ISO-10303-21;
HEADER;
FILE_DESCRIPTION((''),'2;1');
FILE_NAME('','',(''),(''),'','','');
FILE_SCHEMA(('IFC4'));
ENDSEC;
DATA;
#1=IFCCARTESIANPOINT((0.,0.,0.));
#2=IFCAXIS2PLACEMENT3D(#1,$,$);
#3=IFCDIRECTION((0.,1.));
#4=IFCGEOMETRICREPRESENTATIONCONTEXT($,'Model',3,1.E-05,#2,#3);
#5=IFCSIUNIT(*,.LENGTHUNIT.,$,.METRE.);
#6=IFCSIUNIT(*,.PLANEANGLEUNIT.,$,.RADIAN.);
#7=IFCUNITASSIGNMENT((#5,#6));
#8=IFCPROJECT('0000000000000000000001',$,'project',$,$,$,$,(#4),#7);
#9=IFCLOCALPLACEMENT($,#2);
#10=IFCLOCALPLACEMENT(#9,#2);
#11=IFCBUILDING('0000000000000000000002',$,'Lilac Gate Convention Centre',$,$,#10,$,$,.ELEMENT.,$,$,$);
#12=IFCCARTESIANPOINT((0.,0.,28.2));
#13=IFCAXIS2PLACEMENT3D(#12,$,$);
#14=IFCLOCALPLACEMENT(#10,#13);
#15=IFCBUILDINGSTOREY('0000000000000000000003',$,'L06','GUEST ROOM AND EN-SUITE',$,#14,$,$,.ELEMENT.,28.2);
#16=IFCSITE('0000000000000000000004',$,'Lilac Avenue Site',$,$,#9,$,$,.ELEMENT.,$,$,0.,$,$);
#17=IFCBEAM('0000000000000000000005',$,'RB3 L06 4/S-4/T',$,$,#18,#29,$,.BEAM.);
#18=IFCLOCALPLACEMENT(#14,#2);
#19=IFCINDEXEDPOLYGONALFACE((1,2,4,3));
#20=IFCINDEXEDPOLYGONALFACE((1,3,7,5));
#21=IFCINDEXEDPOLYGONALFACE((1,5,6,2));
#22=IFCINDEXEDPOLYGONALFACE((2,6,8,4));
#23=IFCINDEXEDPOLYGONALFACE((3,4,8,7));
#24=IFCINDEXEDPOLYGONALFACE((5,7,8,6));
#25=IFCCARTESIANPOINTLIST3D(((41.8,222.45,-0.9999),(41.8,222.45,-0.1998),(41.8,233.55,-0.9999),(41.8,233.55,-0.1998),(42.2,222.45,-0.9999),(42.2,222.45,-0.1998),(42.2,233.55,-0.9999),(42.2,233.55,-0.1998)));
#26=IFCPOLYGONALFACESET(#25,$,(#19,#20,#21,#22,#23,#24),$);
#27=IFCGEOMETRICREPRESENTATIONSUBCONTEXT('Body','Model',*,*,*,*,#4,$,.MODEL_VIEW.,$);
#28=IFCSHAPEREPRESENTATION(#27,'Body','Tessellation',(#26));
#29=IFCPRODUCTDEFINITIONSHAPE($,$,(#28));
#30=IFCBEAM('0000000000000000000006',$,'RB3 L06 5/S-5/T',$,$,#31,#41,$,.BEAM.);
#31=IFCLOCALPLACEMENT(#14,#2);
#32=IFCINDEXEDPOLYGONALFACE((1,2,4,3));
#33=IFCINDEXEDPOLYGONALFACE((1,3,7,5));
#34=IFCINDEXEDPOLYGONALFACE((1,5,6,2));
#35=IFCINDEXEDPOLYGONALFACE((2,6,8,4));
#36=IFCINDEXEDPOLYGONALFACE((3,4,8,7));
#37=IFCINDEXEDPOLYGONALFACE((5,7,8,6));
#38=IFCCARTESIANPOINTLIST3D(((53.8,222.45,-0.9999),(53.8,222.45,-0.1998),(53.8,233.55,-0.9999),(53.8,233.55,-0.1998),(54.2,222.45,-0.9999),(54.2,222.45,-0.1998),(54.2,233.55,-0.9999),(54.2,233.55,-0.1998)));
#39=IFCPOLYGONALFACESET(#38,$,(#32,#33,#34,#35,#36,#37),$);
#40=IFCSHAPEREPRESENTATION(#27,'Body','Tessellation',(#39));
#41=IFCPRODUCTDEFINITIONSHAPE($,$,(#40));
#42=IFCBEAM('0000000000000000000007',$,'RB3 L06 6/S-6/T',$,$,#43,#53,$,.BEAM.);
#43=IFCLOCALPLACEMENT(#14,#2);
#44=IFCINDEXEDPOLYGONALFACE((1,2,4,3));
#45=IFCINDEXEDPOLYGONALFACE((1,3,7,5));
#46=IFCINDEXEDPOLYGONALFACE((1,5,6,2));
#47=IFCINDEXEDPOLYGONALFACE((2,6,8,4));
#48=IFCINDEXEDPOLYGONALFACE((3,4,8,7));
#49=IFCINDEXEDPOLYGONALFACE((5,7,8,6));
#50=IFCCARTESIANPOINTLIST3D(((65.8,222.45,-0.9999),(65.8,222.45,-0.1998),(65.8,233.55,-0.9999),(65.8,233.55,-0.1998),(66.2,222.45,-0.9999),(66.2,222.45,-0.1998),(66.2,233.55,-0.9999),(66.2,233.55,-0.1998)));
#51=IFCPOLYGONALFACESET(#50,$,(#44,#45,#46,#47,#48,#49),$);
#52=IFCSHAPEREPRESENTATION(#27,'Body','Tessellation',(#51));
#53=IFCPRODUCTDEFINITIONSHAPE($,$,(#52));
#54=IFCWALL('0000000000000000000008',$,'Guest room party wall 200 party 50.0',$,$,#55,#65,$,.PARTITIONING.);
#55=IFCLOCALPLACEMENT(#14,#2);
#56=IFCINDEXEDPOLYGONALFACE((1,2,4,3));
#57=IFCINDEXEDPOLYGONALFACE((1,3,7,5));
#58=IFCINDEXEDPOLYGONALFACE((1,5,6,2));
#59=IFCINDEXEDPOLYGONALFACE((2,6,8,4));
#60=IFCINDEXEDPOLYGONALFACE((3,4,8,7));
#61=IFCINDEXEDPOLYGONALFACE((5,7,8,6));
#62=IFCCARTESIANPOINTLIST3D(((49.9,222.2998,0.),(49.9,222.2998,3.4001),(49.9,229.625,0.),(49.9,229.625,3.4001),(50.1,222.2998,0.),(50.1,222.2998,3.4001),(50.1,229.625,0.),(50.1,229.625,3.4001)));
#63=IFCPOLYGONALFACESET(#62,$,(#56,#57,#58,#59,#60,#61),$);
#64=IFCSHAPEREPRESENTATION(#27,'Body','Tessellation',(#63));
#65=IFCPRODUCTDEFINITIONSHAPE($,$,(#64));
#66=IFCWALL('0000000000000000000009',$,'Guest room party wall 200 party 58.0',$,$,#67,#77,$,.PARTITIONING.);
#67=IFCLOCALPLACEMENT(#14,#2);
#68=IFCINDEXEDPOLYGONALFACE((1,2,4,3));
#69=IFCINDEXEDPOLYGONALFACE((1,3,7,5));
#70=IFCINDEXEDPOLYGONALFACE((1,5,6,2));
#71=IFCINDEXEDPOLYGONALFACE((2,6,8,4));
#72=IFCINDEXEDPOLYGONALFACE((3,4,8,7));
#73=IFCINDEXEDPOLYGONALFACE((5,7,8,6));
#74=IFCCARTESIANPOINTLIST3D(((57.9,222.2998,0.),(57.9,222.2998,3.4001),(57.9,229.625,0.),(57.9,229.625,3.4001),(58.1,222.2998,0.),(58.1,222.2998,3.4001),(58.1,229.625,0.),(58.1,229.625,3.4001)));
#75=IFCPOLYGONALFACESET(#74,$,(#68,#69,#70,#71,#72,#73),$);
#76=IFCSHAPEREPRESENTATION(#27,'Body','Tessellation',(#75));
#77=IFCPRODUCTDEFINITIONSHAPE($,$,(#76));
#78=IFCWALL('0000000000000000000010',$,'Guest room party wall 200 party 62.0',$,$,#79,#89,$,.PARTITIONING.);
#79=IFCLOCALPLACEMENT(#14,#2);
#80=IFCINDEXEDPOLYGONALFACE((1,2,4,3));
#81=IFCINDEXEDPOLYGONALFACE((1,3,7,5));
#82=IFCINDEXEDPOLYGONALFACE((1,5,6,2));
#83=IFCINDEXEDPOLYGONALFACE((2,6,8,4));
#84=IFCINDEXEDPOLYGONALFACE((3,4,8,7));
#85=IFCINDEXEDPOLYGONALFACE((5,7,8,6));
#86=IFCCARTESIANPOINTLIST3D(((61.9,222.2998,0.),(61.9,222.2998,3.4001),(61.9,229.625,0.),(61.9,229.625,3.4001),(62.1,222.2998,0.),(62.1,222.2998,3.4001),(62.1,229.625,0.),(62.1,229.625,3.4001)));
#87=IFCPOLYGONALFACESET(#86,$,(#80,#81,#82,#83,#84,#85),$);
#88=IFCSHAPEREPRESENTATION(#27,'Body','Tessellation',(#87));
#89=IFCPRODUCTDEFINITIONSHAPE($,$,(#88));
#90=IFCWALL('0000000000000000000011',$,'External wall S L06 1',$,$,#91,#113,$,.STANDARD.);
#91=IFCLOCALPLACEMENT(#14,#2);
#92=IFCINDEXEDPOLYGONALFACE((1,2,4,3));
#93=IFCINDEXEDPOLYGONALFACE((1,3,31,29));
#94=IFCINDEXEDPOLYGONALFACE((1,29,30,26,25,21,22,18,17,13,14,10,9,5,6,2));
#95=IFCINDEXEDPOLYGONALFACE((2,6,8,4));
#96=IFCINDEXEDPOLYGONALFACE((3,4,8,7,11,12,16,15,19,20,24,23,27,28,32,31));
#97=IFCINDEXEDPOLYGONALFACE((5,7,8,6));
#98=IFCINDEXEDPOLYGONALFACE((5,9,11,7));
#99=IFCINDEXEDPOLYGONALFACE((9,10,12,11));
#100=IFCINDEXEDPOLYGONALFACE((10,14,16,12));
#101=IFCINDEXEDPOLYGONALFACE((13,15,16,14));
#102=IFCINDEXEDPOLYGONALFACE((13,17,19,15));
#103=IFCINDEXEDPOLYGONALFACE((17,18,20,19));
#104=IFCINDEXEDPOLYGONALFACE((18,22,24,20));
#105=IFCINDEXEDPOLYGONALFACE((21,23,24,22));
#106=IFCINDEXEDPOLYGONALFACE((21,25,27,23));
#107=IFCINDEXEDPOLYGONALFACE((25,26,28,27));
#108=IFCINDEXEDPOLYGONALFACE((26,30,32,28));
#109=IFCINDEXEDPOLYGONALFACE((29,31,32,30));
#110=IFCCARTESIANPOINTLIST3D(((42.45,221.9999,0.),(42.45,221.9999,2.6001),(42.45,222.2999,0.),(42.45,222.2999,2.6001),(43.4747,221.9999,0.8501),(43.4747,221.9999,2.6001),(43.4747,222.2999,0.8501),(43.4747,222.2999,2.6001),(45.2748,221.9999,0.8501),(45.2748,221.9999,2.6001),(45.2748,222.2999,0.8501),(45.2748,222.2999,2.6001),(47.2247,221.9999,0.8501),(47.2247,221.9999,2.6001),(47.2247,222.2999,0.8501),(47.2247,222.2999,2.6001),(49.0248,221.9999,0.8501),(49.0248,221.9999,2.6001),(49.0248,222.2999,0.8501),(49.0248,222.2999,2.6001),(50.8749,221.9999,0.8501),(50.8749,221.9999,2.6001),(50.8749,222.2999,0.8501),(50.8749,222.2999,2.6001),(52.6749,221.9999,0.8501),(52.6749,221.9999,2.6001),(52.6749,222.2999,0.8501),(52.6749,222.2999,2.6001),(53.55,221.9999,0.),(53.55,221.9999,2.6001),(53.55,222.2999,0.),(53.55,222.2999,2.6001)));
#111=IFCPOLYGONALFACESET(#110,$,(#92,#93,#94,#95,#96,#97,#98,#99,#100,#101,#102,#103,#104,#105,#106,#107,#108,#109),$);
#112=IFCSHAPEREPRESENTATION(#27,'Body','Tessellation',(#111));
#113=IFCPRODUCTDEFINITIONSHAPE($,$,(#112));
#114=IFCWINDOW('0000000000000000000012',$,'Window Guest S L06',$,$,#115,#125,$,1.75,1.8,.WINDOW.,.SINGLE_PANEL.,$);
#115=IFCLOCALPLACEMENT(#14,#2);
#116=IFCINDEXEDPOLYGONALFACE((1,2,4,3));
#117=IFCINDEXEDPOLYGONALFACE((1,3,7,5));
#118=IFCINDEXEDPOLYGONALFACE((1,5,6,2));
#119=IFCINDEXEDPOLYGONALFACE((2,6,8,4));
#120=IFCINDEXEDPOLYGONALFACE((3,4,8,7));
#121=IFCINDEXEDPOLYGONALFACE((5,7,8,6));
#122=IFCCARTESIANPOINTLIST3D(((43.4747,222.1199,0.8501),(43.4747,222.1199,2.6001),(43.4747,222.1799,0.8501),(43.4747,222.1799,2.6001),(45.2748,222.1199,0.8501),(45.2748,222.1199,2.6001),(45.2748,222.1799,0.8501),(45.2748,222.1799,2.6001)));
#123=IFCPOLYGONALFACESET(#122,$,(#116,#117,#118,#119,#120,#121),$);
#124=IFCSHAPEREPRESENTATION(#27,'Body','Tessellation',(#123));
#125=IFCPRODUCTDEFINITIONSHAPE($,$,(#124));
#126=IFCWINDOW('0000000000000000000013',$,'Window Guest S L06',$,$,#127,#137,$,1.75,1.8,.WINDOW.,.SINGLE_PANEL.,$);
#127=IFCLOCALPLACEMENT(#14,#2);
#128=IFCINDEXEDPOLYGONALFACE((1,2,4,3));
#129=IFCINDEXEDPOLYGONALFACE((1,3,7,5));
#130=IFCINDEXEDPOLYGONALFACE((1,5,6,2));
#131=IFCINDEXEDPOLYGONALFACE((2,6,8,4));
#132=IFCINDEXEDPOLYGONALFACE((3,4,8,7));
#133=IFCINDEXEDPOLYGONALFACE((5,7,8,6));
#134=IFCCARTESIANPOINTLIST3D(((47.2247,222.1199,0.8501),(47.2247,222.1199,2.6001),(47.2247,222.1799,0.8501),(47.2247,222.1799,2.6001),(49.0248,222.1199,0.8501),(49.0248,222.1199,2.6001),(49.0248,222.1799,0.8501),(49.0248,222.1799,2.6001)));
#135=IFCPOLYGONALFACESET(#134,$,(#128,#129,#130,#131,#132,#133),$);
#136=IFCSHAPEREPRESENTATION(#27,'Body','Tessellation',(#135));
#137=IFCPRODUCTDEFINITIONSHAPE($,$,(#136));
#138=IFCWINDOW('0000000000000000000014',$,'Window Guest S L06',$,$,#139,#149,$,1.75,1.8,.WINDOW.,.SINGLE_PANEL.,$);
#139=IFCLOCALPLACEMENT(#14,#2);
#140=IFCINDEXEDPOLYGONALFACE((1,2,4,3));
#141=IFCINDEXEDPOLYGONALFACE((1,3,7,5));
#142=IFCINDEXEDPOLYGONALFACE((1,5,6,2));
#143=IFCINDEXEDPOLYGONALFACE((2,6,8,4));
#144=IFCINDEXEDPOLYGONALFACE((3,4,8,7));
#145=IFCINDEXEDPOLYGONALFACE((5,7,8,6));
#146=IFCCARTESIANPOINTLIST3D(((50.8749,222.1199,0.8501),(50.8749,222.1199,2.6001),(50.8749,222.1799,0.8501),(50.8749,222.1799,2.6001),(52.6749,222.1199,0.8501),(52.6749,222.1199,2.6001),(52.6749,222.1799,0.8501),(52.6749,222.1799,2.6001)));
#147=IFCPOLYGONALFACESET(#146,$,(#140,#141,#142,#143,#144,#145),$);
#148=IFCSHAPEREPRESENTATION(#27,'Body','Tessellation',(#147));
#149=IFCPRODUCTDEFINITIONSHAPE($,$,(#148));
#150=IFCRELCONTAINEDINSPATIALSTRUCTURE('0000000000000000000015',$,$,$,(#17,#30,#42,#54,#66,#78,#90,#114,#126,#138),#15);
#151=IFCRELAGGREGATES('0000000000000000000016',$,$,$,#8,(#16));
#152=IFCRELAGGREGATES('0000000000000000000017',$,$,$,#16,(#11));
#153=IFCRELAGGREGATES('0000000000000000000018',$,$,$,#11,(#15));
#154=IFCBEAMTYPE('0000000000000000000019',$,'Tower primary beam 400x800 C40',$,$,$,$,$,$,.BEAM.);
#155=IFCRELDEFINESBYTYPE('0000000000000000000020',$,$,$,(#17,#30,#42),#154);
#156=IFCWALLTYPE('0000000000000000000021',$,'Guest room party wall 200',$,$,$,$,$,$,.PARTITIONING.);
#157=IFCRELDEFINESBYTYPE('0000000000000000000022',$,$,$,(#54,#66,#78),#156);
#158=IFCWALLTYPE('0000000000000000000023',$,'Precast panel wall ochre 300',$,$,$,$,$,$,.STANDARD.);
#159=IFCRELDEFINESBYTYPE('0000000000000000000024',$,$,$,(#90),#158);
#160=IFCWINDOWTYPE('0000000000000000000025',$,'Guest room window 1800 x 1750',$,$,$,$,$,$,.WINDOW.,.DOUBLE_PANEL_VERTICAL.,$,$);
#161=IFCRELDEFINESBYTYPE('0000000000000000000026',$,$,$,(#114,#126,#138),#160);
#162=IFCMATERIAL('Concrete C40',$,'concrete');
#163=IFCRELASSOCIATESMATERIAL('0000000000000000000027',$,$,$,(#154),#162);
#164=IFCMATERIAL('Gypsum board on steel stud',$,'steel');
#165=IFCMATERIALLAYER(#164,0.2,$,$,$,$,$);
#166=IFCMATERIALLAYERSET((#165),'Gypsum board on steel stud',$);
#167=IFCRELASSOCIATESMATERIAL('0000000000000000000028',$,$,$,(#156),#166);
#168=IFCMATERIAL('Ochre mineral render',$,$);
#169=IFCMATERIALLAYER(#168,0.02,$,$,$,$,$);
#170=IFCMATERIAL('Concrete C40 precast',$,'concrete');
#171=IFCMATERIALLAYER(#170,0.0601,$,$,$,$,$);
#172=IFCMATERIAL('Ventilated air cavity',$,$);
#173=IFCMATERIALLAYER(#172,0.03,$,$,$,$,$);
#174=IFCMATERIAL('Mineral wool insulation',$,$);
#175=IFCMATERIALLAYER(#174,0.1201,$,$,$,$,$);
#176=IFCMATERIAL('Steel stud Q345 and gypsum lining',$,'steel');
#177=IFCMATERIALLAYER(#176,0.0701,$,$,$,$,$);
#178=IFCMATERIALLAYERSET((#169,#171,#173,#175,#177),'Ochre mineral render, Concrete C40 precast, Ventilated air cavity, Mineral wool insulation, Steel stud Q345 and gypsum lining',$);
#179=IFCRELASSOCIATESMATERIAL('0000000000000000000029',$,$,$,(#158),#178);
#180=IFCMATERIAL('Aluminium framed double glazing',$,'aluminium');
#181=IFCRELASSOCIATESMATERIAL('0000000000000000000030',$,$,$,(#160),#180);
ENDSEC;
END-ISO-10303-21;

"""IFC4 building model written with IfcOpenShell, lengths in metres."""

from ifc_helpers import new_model, si_unit, direction, frame, frame_2d, origin, origin_2d, place, context, subcontext, project, spatial, rectangle, extrude, material, layer, layer_set, material_profile, profile_set, type_object, element, fill, save


model = new_model("IFC4")

# Units and contexts
model_context = context("Model", 3, precision=1e-05, world=origin(), true_north=direction((0.0, 1.0)))
body_context = subcontext(model_context, "Body", "Model", "MODEL_VIEW")
ifc_project = project(units=[si_unit("LENGTHUNIT", "METRE"), si_unit("PLANEANGLEUNIT", "RADIAN")], contexts=[model_context])

# Site, building, storey
site_placement = place(None, origin())
site = spatial("IfcSite", under=ifc_project, at=site_placement, Name="Lilac Avenue Site", CompositionType="ELEMENT", RefElevation=0.0)
building_placement = place(site_placement, origin())
building = spatial("IfcBuilding", under=site, at=building_placement, Name="Lilac Gate Convention Centre", CompositionType="ELEMENT")
storey_placement = place(building_placement, frame((0.0, 0.0, 28.2)))
storey = spatial("IfcBuildingStorey", under=building, at=storey_placement, Name="L06", Description="GUEST ROOM AND EN-SUITE", CompositionType="ELEMENT", Elevation=28.2)

# Beams
ifc_material_1 = material(Name="Concrete C40", Category="concrete")
ifc_material_profile = material_profile(ifc_material_1, rectangle(XDim=0.3999, YDim=0.8, at=origin_2d()), Name="RC 400x800")
ifc_profile_set = profile_set([ifc_material_profile], Name="Concrete C40")
beam_type = type_object("IfcBeamType", Name="Tower primary beam 400x800 C40", PredefinedType="BEAM", material=ifc_profile_set)
for number, where, z_axis, x_axis, name in (
    (1, (42.0, 222.45, -0.5999), (0.0, 1.0, 0.0), (-1.0, 0.0, 0.0), "RB3 L06 4/S-4/T"),
    (2, (54.0, 222.45, -0.5999), (0.0, 1.0, 0.0), (-1.0, 0.0, 0.0), "RB3 L06 5/S-5/T"),
    (3, (66.0, 222.45, -0.5999), (0.0, 1.0, 0.0), (-1.0, 0.0, 0.0), "RB3 L06 6/S-6/T"),
):
    element("IfcBeam", number, at=place(storey_placement, frame(where, z_axis=z_axis, x_axis=x_axis)), inside=storey, type_object=beam_type, Name=name, PredefinedType="BEAM", context=body_context, shape_type="SweptSolid", body=[
        extrude(rectangle(XDim=0.3999, YDim=0.8, at=origin_2d()), origin(), (0.0, 0.0, 1.0), 11.1001),
    ])

# Walls
ifc_material_2 = material(Name="Gypsum board on steel stud", Category="steel")
ifc_layer_1 = layer(ifc_material_2, 0.2)
ifc_layer_set_1 = layer_set([ifc_layer_1], Name="Gypsum board on steel stud")
wall_type_1 = type_object("IfcWallType", Name="Guest room party wall 200", PredefinedType="PARTITIONING", material=ifc_layer_set_1)
for number, where, z_axis, x_axis, name in (
    (4, (50.0, 222.2998, 0.0), (0.0, 0.0, 1.0), (0.0, 1.0, 0.0), "Guest room party wall 200 party 50.0"),
    (5, (58.0, 222.2998, 0.0), (0.0, 0.0, 1.0), (0.0, 1.0, 0.0), "Guest room party wall 200 party 58.0"),
    (6, (62.0, 222.2998, 0.0), (0.0, 0.0, 1.0), (0.0, 1.0, 0.0), "Guest room party wall 200 party 62.0"),
):
    element("IfcWall", number, at=place(storey_placement, frame(where, z_axis=z_axis, x_axis=x_axis)), inside=storey, type_object=wall_type_1, Name=name, PredefinedType="PARTITIONING", context=body_context, shape_type="SweptSolid", body=[
        extrude(rectangle(XDim=7.3252, YDim=0.2, at=frame_2d((3.6626, 0.0))), origin(), (0.0, 0.0, 1.0), 3.4001),
    ])

# Wall, openings, windows
ifc_material_3 = material(Name="Ochre mineral render")
ifc_layer_2 = layer(ifc_material_3, 0.02)
ifc_material_4 = material(Name="Concrete C40 precast", Category="concrete")
ifc_layer_3 = layer(ifc_material_4, 0.0601)
ifc_material_5 = material(Name="Ventilated air cavity")
ifc_layer_4 = layer(ifc_material_5, 0.03)
ifc_material_6 = material(Name="Mineral wool insulation")
ifc_layer_5 = layer(ifc_material_6, 0.1201)
ifc_material_7 = material(Name="Steel stud Q345 and gypsum lining", Category="steel")
ifc_layer_6 = layer(ifc_material_7, 0.0701)
ifc_layer_set_2 = layer_set([ifc_layer_2, ifc_layer_3, ifc_layer_4, ifc_layer_5, ifc_layer_6], Name="Ochre mineral render, Concrete C40 precast, Ventilated air cavity, Mineral wool insulation, Steel stud Q345 and gypsum lining")
wall_type_2 = type_object("IfcWallType", Name="Precast panel wall ochre 300", PredefinedType="STANDARD", material=ifc_layer_set_2)
wall_1_placement = place(storey_placement, frame((42.45, 222.1499, 0.0), z_axis=(0.0, 0.0, 1.0), x_axis=(1.0, 0.0, 0.0)))
wall_1 = element("IfcWall", 7, at=wall_1_placement, inside=storey, type_object=wall_type_2, Name="External wall S L06 1", PredefinedType="STANDARD", context=body_context, shape_type="SweptSolid", body=[
    extrude(rectangle(XDim=11.1001, YDim=0.3, at=frame_2d((5.55, 0.0))), origin(), (0.0, 0.0, 1.0), 2.6001),
])
opening_1_placement = place(wall_1_placement, frame((1.0249, 0.0, 0.8501)))
opening_1 = element("IfcOpeningElement", 8, at=opening_1_placement, cuts=wall_1, PredefinedType="OPENING", context=body_context, shape_type="SweptSolid", body=[
    extrude(rectangle(XDim=1.8, YDim=1.75, at=frame_2d((0.8999, 0.875))), frame((0.0, 0.1599, 0.0), z_axis=(0.0, -1.0, 0.0), x_axis=(1.0, 0.0, 0.0)), (0.0, 0.0, 1.0), 0.3201),
])
opening_2_placement = place(wall_1_placement, frame((4.7749, 0.0, 0.8501)))
opening_2 = element("IfcOpeningElement", 9, at=opening_2_placement, cuts=wall_1, PredefinedType="OPENING", context=body_context, shape_type="SweptSolid", body=[
    extrude(rectangle(XDim=1.8, YDim=1.75, at=frame_2d((0.8999, 0.875))), frame((0.0, 0.1599, 0.0), z_axis=(0.0, -1.0, 0.0), x_axis=(1.0, 0.0, 0.0)), (0.0, 0.0, 1.0), 0.3201),
])
opening_3_placement = place(wall_1_placement, frame((8.425, 0.0, 0.8501)))
opening_3 = element("IfcOpeningElement", 10, at=opening_3_placement, cuts=wall_1, PredefinedType="OPENING", context=body_context, shape_type="SweptSolid", body=[
    extrude(rectangle(XDim=1.8, YDim=1.75, at=frame_2d((0.8999, 0.875))), frame((0.0, 0.1599, 0.0), z_axis=(0.0, -1.0, 0.0), x_axis=(1.0, 0.0, 0.0)), (0.0, 0.0, 1.0), 0.3201),
])
ifc_material_8 = material(Name="Aluminium framed double glazing", Category="aluminium")
window_type = type_object("IfcWindowType", Name="Guest room window 1800 x 1750", PartitioningType="DOUBLE_PANEL_VERTICAL", PredefinedType="WINDOW", material=ifc_material_8)
window_1_placement = place(opening_1_placement, origin())
window_1 = element("IfcWindow", 11, at=window_1_placement, inside=storey, type_object=window_type, Name="Window Guest S L06", OverallHeight=1.75, OverallWidth=1.8, PartitioningType="SINGLE_PANEL", PredefinedType="WINDOW", context=body_context, shape_type="SweptSolid", body=[
    extrude(rectangle(XDim=1.8, YDim=1.75, at=frame_2d((0.8999, 0.875))), frame((0.0, 0.03, 0.0), z_axis=(0.0, -1.0, 0.0), x_axis=(1.0, 0.0, 0.0)), (0.0, 0.0, 1.0), 0.0601),
])
fill(opening_1, window_1)
window_2_placement = place(opening_2_placement, origin())
window_2 = element("IfcWindow", 12, at=window_2_placement, inside=storey, type_object=window_type, Name="Window Guest S L06", OverallHeight=1.75, OverallWidth=1.8, PartitioningType="SINGLE_PANEL", PredefinedType="WINDOW", context=body_context, shape_type="SweptSolid", body=[
    extrude(rectangle(XDim=1.8, YDim=1.75, at=frame_2d((0.8999, 0.875))), frame((0.0, 0.03, 0.0), z_axis=(0.0, -1.0, 0.0), x_axis=(1.0, 0.0, 0.0)), (0.0, 0.0, 1.0), 0.0601),
])
fill(opening_2, window_2)
window_3_placement = place(opening_3_placement, origin())
window_3 = element("IfcWindow", 13, at=window_3_placement, inside=storey, type_object=window_type, Name="Window Guest S L06", OverallHeight=1.75, OverallWidth=1.8, PartitioningType="SINGLE_PANEL", PredefinedType="WINDOW", context=body_context, shape_type="SweptSolid", body=[
    extrude(rectangle(XDim=1.8, YDim=1.75, at=frame_2d((0.8999, 0.875))), frame((0.0, 0.03, 0.0), z_axis=(0.0, -1.0, 0.0), x_axis=(1.0, 0.0, 0.0)), (0.0, 0.0, 1.0), 0.0601),
])
fill(opening_3, window_3)

save(model, "model.ifc")
